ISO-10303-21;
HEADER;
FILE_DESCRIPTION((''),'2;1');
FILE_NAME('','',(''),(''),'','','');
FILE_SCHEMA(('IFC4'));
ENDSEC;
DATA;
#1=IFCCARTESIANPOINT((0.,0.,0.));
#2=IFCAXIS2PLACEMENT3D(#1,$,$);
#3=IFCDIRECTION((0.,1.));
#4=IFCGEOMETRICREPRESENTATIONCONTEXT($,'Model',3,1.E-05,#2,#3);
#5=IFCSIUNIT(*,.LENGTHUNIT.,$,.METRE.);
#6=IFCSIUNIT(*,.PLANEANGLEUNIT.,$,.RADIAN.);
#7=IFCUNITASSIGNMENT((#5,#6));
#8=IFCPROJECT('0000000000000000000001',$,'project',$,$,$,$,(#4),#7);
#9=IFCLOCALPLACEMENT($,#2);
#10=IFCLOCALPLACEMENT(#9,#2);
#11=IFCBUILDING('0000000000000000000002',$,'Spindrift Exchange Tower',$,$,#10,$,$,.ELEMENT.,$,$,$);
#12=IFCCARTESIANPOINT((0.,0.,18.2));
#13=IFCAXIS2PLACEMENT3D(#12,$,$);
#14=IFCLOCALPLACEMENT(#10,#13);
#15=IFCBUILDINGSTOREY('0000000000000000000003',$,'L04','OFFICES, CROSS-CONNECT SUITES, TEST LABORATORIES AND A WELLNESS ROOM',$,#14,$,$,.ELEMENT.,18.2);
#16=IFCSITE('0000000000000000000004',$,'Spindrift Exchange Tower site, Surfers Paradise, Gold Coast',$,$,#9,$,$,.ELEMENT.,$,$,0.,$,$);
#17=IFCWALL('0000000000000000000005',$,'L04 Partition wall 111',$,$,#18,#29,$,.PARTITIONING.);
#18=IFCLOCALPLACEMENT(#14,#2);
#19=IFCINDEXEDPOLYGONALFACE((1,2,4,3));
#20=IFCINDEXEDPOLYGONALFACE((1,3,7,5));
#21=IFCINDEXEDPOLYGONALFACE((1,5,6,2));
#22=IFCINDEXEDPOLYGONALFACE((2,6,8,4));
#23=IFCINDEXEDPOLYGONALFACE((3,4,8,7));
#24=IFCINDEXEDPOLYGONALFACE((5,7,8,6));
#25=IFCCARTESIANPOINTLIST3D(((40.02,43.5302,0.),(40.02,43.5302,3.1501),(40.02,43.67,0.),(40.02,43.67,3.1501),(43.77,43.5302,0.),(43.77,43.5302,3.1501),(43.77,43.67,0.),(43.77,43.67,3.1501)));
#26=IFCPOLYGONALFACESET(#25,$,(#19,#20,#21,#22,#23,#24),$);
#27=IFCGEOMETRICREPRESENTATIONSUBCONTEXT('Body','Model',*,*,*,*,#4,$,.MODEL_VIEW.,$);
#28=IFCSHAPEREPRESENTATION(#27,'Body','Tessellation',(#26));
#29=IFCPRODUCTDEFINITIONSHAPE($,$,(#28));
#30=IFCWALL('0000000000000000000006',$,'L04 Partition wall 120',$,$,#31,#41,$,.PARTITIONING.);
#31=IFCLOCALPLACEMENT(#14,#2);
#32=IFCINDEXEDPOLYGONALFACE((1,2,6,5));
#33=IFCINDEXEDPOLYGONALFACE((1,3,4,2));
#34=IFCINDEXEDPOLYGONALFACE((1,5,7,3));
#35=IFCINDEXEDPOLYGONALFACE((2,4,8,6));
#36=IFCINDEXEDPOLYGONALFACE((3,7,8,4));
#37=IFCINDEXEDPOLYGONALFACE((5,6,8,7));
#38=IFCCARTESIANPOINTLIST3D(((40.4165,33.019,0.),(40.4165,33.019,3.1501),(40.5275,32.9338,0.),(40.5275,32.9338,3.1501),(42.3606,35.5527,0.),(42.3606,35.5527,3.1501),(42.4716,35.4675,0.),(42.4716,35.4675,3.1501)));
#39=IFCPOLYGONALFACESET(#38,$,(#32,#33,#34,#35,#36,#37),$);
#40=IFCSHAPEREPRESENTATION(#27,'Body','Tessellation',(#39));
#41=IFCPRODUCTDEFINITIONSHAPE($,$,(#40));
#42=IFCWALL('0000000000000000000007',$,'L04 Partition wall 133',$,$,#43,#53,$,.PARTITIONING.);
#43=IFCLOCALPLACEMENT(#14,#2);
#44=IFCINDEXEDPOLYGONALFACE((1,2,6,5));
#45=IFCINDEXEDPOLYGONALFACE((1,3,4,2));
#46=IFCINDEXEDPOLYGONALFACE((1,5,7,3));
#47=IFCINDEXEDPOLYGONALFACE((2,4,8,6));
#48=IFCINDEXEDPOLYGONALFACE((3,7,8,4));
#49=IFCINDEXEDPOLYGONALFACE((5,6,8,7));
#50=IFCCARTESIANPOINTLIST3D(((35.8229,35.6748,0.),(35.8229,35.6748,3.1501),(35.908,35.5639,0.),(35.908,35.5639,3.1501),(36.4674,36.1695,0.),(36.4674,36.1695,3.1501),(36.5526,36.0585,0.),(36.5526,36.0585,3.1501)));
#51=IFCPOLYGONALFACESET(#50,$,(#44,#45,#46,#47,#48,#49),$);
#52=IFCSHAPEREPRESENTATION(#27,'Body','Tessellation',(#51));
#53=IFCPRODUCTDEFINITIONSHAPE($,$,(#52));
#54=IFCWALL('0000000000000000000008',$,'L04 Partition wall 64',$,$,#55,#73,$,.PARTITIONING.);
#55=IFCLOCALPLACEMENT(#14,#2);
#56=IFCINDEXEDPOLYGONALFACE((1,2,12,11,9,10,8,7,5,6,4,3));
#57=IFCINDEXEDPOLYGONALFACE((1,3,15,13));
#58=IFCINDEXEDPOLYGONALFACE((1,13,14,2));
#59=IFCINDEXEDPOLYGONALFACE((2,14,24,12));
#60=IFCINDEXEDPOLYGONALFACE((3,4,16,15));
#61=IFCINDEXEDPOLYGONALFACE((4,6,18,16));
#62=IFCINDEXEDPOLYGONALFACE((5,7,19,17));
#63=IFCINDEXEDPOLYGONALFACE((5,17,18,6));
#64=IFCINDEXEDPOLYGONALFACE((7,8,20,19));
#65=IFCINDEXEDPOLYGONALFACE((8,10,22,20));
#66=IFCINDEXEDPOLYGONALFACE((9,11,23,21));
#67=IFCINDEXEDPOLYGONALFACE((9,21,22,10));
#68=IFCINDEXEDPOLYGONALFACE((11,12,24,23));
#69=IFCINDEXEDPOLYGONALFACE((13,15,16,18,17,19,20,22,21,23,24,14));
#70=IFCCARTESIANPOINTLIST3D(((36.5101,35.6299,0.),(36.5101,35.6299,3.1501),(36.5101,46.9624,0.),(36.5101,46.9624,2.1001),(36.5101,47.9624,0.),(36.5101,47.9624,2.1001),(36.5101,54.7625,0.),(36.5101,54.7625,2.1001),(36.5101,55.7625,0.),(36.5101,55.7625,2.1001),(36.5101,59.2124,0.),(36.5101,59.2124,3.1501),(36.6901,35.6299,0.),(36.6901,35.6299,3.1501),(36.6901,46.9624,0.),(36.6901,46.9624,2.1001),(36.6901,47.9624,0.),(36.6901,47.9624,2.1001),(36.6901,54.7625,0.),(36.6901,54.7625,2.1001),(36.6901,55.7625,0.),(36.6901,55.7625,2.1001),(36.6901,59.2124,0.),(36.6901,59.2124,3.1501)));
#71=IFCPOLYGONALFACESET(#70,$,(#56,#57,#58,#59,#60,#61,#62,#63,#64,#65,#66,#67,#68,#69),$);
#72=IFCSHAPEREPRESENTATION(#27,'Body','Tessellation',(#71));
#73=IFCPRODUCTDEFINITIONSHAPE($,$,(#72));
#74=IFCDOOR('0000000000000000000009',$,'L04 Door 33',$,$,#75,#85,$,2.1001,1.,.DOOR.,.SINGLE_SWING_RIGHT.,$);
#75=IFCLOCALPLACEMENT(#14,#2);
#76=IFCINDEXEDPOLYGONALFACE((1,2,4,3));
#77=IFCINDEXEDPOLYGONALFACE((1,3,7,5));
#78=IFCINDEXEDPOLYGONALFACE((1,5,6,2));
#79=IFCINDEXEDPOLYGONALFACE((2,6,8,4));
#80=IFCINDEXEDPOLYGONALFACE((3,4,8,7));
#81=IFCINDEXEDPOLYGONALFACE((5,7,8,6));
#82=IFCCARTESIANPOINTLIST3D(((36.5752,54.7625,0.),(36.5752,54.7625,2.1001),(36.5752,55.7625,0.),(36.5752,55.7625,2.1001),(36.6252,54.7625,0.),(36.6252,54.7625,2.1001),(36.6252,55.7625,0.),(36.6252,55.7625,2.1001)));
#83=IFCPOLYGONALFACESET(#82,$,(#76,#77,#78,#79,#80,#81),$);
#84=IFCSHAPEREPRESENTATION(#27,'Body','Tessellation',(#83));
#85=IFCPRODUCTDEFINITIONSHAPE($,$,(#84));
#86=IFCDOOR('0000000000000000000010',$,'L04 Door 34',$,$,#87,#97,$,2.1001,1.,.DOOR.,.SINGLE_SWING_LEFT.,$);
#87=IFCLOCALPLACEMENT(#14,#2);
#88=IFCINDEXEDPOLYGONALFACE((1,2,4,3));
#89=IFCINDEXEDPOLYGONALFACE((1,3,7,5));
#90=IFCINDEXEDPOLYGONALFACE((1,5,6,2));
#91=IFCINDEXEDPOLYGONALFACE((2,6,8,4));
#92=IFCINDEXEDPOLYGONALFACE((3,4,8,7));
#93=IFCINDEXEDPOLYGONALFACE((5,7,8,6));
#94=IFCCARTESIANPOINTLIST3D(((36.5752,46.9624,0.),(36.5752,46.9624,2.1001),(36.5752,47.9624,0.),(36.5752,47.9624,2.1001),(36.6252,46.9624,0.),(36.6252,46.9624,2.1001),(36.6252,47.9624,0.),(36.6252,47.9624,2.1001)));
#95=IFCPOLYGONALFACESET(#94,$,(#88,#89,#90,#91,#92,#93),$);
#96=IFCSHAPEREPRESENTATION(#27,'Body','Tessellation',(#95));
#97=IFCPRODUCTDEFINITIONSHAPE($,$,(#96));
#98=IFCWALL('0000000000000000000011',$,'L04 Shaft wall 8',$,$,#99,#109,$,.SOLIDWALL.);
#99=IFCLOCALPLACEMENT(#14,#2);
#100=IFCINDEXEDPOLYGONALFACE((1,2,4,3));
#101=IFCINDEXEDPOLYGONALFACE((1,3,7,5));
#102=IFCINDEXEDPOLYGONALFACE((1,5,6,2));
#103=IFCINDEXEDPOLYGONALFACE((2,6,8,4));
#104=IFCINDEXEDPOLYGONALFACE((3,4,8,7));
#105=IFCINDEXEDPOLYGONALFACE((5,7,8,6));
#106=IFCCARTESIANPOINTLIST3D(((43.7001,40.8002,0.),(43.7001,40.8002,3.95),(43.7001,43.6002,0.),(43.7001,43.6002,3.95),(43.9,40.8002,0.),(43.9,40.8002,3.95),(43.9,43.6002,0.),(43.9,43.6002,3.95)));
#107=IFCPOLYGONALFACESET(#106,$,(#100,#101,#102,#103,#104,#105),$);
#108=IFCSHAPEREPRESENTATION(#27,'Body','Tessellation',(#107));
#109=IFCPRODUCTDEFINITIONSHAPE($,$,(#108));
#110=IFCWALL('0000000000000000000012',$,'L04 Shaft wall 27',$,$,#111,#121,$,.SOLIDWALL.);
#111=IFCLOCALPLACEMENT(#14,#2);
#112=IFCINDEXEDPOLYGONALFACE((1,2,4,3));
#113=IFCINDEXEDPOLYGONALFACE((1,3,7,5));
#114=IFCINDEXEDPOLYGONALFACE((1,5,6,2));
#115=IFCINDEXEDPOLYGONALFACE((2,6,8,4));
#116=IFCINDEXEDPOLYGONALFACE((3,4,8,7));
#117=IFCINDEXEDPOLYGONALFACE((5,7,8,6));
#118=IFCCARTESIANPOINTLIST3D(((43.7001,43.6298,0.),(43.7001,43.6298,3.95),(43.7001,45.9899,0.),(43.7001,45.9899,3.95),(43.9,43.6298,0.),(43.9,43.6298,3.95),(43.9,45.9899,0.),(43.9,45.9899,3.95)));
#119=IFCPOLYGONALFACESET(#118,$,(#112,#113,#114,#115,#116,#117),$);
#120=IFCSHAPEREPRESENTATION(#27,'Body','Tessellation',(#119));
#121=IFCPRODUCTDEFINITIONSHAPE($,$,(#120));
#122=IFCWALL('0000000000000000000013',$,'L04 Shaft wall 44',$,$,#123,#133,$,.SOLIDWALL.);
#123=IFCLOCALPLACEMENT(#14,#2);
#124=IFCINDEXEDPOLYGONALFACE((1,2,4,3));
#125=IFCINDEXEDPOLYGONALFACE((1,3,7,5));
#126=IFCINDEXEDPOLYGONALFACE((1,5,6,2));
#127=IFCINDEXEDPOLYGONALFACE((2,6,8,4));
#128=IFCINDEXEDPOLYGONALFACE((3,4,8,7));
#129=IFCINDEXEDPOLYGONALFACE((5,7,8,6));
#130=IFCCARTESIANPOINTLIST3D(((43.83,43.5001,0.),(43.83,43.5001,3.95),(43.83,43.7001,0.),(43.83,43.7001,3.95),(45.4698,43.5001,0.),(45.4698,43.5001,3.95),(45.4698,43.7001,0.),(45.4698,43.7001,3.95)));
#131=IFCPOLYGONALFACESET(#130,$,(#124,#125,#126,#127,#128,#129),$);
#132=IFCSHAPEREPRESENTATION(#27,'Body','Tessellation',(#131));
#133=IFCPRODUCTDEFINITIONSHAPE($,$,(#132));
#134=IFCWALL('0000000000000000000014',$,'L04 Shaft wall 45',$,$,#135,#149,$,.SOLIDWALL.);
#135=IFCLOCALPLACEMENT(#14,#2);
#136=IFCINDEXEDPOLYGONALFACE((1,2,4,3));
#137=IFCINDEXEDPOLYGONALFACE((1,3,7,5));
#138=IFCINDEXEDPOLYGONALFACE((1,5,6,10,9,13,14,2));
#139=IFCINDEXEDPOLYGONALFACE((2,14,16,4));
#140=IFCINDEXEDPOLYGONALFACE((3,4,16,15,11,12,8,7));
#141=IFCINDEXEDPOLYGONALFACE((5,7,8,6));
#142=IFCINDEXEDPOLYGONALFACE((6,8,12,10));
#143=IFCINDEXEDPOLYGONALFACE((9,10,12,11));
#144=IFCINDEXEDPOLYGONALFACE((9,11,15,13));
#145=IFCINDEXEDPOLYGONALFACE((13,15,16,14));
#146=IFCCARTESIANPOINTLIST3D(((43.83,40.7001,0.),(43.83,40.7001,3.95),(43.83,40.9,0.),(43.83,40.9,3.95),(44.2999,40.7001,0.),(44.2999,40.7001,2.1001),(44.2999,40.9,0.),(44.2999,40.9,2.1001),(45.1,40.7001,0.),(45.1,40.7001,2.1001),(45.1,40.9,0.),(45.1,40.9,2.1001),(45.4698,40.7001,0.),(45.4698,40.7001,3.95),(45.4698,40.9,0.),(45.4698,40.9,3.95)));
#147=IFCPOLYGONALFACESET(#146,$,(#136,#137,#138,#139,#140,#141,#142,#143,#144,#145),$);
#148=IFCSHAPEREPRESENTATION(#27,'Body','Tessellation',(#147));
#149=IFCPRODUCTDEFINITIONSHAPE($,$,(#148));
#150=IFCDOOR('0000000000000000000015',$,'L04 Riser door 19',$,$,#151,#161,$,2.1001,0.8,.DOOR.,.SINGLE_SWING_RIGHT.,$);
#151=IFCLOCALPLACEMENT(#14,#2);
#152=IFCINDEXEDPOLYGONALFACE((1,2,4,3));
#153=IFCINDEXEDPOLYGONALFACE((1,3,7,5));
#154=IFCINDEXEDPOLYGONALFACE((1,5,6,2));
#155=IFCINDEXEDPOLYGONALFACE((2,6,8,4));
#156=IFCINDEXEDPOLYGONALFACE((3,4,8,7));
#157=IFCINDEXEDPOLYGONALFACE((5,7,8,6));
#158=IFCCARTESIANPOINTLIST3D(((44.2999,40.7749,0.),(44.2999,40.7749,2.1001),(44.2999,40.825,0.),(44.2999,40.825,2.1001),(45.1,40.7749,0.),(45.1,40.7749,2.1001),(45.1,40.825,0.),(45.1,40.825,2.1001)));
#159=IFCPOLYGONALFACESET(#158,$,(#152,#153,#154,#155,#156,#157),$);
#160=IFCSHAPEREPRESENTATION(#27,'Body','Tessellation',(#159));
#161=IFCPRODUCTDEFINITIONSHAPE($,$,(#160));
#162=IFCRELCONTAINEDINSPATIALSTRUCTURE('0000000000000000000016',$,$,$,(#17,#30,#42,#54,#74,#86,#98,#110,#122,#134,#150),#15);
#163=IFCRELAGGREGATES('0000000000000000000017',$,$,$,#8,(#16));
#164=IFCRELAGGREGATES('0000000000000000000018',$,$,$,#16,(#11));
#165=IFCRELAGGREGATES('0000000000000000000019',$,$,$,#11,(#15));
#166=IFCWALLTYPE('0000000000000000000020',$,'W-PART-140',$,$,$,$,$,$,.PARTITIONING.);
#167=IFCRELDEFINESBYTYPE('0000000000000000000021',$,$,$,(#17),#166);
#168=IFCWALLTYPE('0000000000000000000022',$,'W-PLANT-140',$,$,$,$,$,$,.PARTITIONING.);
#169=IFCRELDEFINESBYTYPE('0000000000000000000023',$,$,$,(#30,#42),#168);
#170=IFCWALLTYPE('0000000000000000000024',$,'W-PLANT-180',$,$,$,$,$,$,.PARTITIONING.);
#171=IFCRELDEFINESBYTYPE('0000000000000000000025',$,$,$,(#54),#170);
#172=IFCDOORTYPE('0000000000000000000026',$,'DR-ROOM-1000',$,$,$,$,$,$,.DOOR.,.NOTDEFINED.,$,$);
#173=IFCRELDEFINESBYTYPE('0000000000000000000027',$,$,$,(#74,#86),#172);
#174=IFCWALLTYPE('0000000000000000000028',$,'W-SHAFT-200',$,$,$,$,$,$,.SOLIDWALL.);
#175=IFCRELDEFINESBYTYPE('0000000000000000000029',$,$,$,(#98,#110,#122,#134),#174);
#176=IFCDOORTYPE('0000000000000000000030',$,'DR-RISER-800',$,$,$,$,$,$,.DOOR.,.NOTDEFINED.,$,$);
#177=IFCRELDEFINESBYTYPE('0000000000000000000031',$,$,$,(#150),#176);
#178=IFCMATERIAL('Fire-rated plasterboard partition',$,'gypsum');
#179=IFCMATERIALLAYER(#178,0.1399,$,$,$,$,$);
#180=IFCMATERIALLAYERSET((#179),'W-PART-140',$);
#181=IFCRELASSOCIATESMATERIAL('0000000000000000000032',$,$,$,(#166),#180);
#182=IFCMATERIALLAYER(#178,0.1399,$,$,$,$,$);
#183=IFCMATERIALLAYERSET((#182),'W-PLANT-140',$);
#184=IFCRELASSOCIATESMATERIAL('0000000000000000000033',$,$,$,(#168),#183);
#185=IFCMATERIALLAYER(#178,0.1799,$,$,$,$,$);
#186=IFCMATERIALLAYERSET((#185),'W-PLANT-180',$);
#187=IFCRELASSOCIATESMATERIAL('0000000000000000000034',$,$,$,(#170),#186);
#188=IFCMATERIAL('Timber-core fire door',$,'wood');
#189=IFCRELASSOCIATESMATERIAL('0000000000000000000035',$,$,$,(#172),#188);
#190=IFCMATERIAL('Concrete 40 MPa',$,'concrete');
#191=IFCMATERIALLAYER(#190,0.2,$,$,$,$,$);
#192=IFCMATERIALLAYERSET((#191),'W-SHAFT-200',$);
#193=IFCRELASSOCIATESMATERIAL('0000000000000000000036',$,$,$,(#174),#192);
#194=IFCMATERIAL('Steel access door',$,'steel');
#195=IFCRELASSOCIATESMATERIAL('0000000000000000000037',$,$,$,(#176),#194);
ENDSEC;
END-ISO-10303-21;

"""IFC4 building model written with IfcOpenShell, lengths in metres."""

from ifc_helpers import new_model, si_unit, direction, frame, frame_2d, origin, place, context, subcontext, project, spatial, rectangle, extrude, source, transform, mapped, material, layer, layer_set, type_object, element, fill, save


model = new_model("IFC4")

# Units and contexts
model_context = context("Model", 3, precision=1e-05, world=origin(), true_north=direction((0.0, 1.0)))
body_context = subcontext(model_context, "Body", "Model", "MODEL_VIEW")
ifc_project = project(units=[si_unit("LENGTHUNIT", "METRE"), si_unit("PLANEANGLEUNIT", "RADIAN")], contexts=[model_context])

# Site, building, storey
site_placement = place(None, origin())
site = spatial("IfcSite", under=ifc_project, at=site_placement, Name="Spindrift Exchange Tower site, Surfers Paradise, Gold Coast", CompositionType="ELEMENT", RefElevation=0.0)
building_placement = place(site_placement, origin())
building = spatial("IfcBuilding", under=site, at=building_placement, Name="Spindrift Exchange Tower", CompositionType="ELEMENT")
storey_placement = place(building_placement, frame((0.0, 0.0, 18.2)))
storey = spatial("IfcBuildingStorey", under=building, at=storey_placement, Name="L04", Description="OFFICES, CROSS-CONNECT SUITES, TEST LABORATORIES AND A WELLNESS ROOM", CompositionType="ELEMENT", Elevation=18.2)

# Shared definitions
ifc_material_1 = material(Name="Steel access door", Category="steel")

# Shared definitions
ifc_material_2 = material(Name="Fire-rated plasterboard partition", Category="gypsum")

# Walls
ifc_layer_1 = layer(ifc_material_2, 0.1399)
ifc_layer_set_1 = layer_set([ifc_layer_1], Name="W-PART-140")
wall_type_1 = type_object("IfcWallType", Name="W-PART-140", PredefinedType="PARTITIONING", material=ifc_layer_set_1)
wall_1_placement = place(storey_placement, frame((43.77, 43.6001, 0.0), z_axis=(0.0, 0.0, 1.0), x_axis=(-1.0, 0.0, 0.0)))
element("IfcWall", 1, at=wall_1_placement, inside=storey, type_object=wall_type_1, Name="L04 Partition wall 111", PredefinedType="PARTITIONING", context=body_context, shape_type="SweptSolid", body=[
    extrude(rectangle(XDim=3.75, YDim=0.1399, at=frame_2d((1.875, 0.0))), origin(), (0.0, 0.0, 1.0), 3.1501),
])
ifc_layer_2 = layer(ifc_material_2, 0.1399)
ifc_layer_set_2 = layer_set([ifc_layer_2], Name="W-PLANT-140")
wall_type_2 = type_object("IfcWallType", Name="W-PLANT-140", PredefinedType="PARTITIONING", material=ifc_layer_set_2)
wall_2_placement = place(storey_placement, frame((42.416, 35.51, 0.0), z_axis=(0.0, 0.0, 1.0), x_axis=(-0.608746, -0.793365, 0.0)))
element("IfcWall", 2, at=wall_2_placement, inside=storey, type_object=wall_type_2, Name="L04 Partition wall 120", PredefinedType="PARTITIONING", context=body_context, shape_type="SweptSolid", body=[
    extrude(rectangle(XDim=3.1936, YDim=0.1399, at=frame_2d((1.5967, 0.0))), origin(), (0.0, 0.0, 1.0), 3.1501),
])
wall_3_placement = place(storey_placement, frame((36.51, 36.114, 0.0), z_axis=(0.0, 0.0, 1.0), x_axis=(-0.793316, -0.60881, 0.0)))
element("IfcWall", 3, at=wall_3_placement, inside=storey, type_object=wall_type_2, Name="L04 Partition wall 133", PredefinedType="PARTITIONING", context=body_context, shape_type="SweptSolid", body=[
    extrude(rectangle(XDim=0.8125, YDim=0.1399, at=frame_2d((0.4062, 0.0))), origin(), (0.0, 0.0, 1.0), 3.1501),
])

# Wall, openings, doors
ifc_layer_3 = layer(ifc_material_2, 0.1799)
ifc_layer_set_3 = layer_set([ifc_layer_3], Name="W-PLANT-180")
wall_type_3 = type_object("IfcWallType", Name="W-PLANT-180", PredefinedType="PARTITIONING", material=ifc_layer_set_3)
wall_4_placement = place(storey_placement, frame((36.6001, 35.6299, 0.0), z_axis=(0.0, 0.0, 1.0), x_axis=(0.0, 1.0, 0.0)))
wall_4 = element("IfcWall", 4, at=wall_4_placement, inside=storey, type_object=wall_type_3, Name="L04 Partition wall 64", PredefinedType="PARTITIONING", context=body_context, shape_type="SweptSolid", body=[
    extrude(rectangle(XDim=23.5825, YDim=0.1799, at=frame_2d((11.7913, 0.0))), origin(), (0.0, 0.0, 1.0), 3.1501),
])
opening_1_placement = place(wall_4_placement, frame((19.1326, 0.0, 0.0)))
opening_1 = element("IfcOpeningElement", 5, at=opening_1_placement, cuts=wall_4, PredefinedType="OPENING", context=body_context, shape_type="SweptSolid", body=[
    extrude(rectangle(XDim=1.0, YDim=2.1001, at=frame_2d((0.5, 1.05))), frame((0.0, 0.0999, 0.0), z_axis=(0.0, -1.0, 0.0), x_axis=(1.0, 0.0, 0.0)), (0.0, 0.0, 1.0), 0.2),
])
opening_2_placement = place(wall_4_placement, frame((11.3325, 0.0, 0.0)))
opening_2 = element("IfcOpeningElement", 6, at=opening_2_placement, cuts=wall_4, PredefinedType="OPENING", context=body_context, shape_type="SweptSolid", body=[
    extrude(rectangle(XDim=1.0, YDim=2.1001, at=frame_2d((0.5, 1.05))), frame((0.0, 0.0999, 0.0), z_axis=(0.0, -1.0, 0.0), x_axis=(1.0, 0.0, 0.0)), (0.0, 0.0, 1.0), 0.2),
])
ifc_material_3 = material(Name="Timber-core fire door", Category="wood")
door_type_1 = type_object("IfcDoorType", Name="DR-ROOM-1000", OperationType="NOTDEFINED", PredefinedType="DOOR", material=ifc_material_3)
shared_shape_1 = source(origin(), body_context, "Body", "SweptSolid", [
    extrude(rectangle(XDim=1.0, YDim=2.1001, at=frame_2d((0.5, 1.05))), frame((0.0, 0.0249, 0.0), z_axis=(0.0, -1.0, 0.0), x_axis=(1.0, 0.0, 0.0)), (0.0, 0.0, 1.0), 0.05),
])
door_1_placement = place(opening_1_placement, origin())
door_1 = element("IfcDoor", 7, at=door_1_placement, inside=storey, type_object=door_type_1, Name="L04 Door 33", OperationType="SINGLE_SWING_RIGHT", OverallHeight=2.1001, OverallWidth=1.0, PredefinedType="DOOR", context=body_context, shape_type="MappedRepresentation", body=[
    mapped(shared_shape_1, transform((0.0, 0.0, 0.0), scale=1.0)),
])
fill(opening_1, door_1)
door_2_placement = place(opening_2_placement, origin())
door_2 = element("IfcDoor", 8, at=door_2_placement, inside=storey, type_object=door_type_1, Name="L04 Door 34", OperationType="SINGLE_SWING_LEFT", OverallHeight=2.1001, OverallWidth=1.0, PredefinedType="DOOR", context=body_context, shape_type="MappedRepresentation", body=[
    mapped(shared_shape_1, transform((0.0, 0.0, 0.0), scale=1.0)),
])
fill(opening_2, door_2)

# Walls
ifc_material_4 = material(Name="Concrete 40 MPa", Category="concrete")
ifc_layer_4 = layer(ifc_material_4, 0.2)
ifc_layer_set_4 = layer_set([ifc_layer_4], Name="W-SHAFT-200")
wall_type_4 = type_object("IfcWallType", Name="W-SHAFT-200", PredefinedType="SOLIDWALL", material=ifc_layer_set_4)
wall_5_placement = place(storey_placement, frame((43.8, 43.6001, 0.0), z_axis=(0.0, 0.0, 1.0), x_axis=(0.0, -1.0, 0.0)))
element("IfcWall", 9, at=wall_5_placement, inside=storey, type_object=wall_type_4, Name="L04 Shaft wall 8", PredefinedType="SOLIDWALL", context=body_context, shape_type="SweptSolid", body=[
    extrude(rectangle(XDim=2.8, YDim=0.2, at=frame_2d((1.3999, 0.0))), origin(), (0.0, 0.0, 1.0), 3.95),
])
wall_6_placement = place(storey_placement, frame((43.8, 45.99, 0.0), z_axis=(0.0, 0.0, 1.0), x_axis=(0.0, -1.0, 0.0)))
element("IfcWall", 10, at=wall_6_placement, inside=storey, type_object=wall_type_4, Name="L04 Shaft wall 27", PredefinedType="SOLIDWALL", context=body_context, shape_type="SweptSolid", body=[
    extrude(rectangle(XDim=2.3601, YDim=0.2, at=frame_2d((1.1802, 0.0))), origin(), (0.0, 0.0, 1.0), 3.95),
])
wall_7_placement = place(storey_placement, frame((43.8301, 43.6001, 0.0), z_axis=(0.0, 0.0, 1.0), x_axis=(1.0, 0.0, 0.0)))
element("IfcWall", 11, at=wall_7_placement, inside=storey, type_object=wall_type_4, Name="L04 Shaft wall 44", PredefinedType="SOLIDWALL", context=body_context, shape_type="SweptSolid", body=[
    extrude(rectangle(XDim=1.6399, YDim=0.2, at=frame_2d((0.8198, 0.0))), origin(), (0.0, 0.0, 1.0), 3.95),
])

# Wall, opening, door
wall_8_placement = place(storey_placement, frame((43.8301, 40.8, 0.0), z_axis=(0.0, 0.0, 1.0), x_axis=(1.0, 0.0, 0.0)))
wall_8 = element("IfcWall", 12, at=wall_8_placement, inside=storey, type_object=wall_type_4, Name="L04 Shaft wall 45", PredefinedType="SOLIDWALL", context=body_context, shape_type="SweptSolid", body=[
    extrude(rectangle(XDim=1.6399, YDim=0.2, at=frame_2d((0.8198, 0.0))), origin(), (0.0, 0.0, 1.0), 3.95),
])
opening_3_placement = place(wall_8_placement, frame((0.47, 0.0, 0.0)))
opening_3 = element("IfcOpeningElement", 13, at=opening_3_placement, cuts=wall_8, PredefinedType="OPENING", context=body_context, shape_type="SweptSolid", body=[
    extrude(rectangle(XDim=0.8, YDim=2.1001, at=frame_2d((0.3999, 1.05))), frame((0.0, 0.1099, 0.0), z_axis=(0.0, -1.0, 0.0), x_axis=(1.0, 0.0, 0.0)), (0.0, 0.0, 1.0), 0.22),
])
door_type_2 = type_object("IfcDoorType", Name="DR-RISER-800", OperationType="NOTDEFINED", PredefinedType="DOOR", material=ifc_material_1)
shared_shape_2 = source(origin(), body_context, "Body", "SweptSolid", [
    extrude(rectangle(XDim=0.8, YDim=2.1001, at=frame_2d((0.3999, 1.05))), frame((0.0, 0.0249, 0.0), z_axis=(0.0, -1.0, 0.0), x_axis=(1.0, 0.0, 0.0)), (0.0, 0.0, 1.0), 0.05),
])
door_3_placement = place(opening_3_placement, origin())
door_3 = element("IfcDoor", 14, at=door_3_placement, inside=storey, type_object=door_type_2, Name="L04 Riser door 19", OperationType="SINGLE_SWING_RIGHT", OverallHeight=2.1001, OverallWidth=0.8, PredefinedType="DOOR", context=body_context, shape_type="MappedRepresentation", body=[
    mapped(shared_shape_2, transform((0.0, 0.0, 0.0), scale=1.0)),
])
fill(opening_3, door_3)

save(model, "model.ifc")
